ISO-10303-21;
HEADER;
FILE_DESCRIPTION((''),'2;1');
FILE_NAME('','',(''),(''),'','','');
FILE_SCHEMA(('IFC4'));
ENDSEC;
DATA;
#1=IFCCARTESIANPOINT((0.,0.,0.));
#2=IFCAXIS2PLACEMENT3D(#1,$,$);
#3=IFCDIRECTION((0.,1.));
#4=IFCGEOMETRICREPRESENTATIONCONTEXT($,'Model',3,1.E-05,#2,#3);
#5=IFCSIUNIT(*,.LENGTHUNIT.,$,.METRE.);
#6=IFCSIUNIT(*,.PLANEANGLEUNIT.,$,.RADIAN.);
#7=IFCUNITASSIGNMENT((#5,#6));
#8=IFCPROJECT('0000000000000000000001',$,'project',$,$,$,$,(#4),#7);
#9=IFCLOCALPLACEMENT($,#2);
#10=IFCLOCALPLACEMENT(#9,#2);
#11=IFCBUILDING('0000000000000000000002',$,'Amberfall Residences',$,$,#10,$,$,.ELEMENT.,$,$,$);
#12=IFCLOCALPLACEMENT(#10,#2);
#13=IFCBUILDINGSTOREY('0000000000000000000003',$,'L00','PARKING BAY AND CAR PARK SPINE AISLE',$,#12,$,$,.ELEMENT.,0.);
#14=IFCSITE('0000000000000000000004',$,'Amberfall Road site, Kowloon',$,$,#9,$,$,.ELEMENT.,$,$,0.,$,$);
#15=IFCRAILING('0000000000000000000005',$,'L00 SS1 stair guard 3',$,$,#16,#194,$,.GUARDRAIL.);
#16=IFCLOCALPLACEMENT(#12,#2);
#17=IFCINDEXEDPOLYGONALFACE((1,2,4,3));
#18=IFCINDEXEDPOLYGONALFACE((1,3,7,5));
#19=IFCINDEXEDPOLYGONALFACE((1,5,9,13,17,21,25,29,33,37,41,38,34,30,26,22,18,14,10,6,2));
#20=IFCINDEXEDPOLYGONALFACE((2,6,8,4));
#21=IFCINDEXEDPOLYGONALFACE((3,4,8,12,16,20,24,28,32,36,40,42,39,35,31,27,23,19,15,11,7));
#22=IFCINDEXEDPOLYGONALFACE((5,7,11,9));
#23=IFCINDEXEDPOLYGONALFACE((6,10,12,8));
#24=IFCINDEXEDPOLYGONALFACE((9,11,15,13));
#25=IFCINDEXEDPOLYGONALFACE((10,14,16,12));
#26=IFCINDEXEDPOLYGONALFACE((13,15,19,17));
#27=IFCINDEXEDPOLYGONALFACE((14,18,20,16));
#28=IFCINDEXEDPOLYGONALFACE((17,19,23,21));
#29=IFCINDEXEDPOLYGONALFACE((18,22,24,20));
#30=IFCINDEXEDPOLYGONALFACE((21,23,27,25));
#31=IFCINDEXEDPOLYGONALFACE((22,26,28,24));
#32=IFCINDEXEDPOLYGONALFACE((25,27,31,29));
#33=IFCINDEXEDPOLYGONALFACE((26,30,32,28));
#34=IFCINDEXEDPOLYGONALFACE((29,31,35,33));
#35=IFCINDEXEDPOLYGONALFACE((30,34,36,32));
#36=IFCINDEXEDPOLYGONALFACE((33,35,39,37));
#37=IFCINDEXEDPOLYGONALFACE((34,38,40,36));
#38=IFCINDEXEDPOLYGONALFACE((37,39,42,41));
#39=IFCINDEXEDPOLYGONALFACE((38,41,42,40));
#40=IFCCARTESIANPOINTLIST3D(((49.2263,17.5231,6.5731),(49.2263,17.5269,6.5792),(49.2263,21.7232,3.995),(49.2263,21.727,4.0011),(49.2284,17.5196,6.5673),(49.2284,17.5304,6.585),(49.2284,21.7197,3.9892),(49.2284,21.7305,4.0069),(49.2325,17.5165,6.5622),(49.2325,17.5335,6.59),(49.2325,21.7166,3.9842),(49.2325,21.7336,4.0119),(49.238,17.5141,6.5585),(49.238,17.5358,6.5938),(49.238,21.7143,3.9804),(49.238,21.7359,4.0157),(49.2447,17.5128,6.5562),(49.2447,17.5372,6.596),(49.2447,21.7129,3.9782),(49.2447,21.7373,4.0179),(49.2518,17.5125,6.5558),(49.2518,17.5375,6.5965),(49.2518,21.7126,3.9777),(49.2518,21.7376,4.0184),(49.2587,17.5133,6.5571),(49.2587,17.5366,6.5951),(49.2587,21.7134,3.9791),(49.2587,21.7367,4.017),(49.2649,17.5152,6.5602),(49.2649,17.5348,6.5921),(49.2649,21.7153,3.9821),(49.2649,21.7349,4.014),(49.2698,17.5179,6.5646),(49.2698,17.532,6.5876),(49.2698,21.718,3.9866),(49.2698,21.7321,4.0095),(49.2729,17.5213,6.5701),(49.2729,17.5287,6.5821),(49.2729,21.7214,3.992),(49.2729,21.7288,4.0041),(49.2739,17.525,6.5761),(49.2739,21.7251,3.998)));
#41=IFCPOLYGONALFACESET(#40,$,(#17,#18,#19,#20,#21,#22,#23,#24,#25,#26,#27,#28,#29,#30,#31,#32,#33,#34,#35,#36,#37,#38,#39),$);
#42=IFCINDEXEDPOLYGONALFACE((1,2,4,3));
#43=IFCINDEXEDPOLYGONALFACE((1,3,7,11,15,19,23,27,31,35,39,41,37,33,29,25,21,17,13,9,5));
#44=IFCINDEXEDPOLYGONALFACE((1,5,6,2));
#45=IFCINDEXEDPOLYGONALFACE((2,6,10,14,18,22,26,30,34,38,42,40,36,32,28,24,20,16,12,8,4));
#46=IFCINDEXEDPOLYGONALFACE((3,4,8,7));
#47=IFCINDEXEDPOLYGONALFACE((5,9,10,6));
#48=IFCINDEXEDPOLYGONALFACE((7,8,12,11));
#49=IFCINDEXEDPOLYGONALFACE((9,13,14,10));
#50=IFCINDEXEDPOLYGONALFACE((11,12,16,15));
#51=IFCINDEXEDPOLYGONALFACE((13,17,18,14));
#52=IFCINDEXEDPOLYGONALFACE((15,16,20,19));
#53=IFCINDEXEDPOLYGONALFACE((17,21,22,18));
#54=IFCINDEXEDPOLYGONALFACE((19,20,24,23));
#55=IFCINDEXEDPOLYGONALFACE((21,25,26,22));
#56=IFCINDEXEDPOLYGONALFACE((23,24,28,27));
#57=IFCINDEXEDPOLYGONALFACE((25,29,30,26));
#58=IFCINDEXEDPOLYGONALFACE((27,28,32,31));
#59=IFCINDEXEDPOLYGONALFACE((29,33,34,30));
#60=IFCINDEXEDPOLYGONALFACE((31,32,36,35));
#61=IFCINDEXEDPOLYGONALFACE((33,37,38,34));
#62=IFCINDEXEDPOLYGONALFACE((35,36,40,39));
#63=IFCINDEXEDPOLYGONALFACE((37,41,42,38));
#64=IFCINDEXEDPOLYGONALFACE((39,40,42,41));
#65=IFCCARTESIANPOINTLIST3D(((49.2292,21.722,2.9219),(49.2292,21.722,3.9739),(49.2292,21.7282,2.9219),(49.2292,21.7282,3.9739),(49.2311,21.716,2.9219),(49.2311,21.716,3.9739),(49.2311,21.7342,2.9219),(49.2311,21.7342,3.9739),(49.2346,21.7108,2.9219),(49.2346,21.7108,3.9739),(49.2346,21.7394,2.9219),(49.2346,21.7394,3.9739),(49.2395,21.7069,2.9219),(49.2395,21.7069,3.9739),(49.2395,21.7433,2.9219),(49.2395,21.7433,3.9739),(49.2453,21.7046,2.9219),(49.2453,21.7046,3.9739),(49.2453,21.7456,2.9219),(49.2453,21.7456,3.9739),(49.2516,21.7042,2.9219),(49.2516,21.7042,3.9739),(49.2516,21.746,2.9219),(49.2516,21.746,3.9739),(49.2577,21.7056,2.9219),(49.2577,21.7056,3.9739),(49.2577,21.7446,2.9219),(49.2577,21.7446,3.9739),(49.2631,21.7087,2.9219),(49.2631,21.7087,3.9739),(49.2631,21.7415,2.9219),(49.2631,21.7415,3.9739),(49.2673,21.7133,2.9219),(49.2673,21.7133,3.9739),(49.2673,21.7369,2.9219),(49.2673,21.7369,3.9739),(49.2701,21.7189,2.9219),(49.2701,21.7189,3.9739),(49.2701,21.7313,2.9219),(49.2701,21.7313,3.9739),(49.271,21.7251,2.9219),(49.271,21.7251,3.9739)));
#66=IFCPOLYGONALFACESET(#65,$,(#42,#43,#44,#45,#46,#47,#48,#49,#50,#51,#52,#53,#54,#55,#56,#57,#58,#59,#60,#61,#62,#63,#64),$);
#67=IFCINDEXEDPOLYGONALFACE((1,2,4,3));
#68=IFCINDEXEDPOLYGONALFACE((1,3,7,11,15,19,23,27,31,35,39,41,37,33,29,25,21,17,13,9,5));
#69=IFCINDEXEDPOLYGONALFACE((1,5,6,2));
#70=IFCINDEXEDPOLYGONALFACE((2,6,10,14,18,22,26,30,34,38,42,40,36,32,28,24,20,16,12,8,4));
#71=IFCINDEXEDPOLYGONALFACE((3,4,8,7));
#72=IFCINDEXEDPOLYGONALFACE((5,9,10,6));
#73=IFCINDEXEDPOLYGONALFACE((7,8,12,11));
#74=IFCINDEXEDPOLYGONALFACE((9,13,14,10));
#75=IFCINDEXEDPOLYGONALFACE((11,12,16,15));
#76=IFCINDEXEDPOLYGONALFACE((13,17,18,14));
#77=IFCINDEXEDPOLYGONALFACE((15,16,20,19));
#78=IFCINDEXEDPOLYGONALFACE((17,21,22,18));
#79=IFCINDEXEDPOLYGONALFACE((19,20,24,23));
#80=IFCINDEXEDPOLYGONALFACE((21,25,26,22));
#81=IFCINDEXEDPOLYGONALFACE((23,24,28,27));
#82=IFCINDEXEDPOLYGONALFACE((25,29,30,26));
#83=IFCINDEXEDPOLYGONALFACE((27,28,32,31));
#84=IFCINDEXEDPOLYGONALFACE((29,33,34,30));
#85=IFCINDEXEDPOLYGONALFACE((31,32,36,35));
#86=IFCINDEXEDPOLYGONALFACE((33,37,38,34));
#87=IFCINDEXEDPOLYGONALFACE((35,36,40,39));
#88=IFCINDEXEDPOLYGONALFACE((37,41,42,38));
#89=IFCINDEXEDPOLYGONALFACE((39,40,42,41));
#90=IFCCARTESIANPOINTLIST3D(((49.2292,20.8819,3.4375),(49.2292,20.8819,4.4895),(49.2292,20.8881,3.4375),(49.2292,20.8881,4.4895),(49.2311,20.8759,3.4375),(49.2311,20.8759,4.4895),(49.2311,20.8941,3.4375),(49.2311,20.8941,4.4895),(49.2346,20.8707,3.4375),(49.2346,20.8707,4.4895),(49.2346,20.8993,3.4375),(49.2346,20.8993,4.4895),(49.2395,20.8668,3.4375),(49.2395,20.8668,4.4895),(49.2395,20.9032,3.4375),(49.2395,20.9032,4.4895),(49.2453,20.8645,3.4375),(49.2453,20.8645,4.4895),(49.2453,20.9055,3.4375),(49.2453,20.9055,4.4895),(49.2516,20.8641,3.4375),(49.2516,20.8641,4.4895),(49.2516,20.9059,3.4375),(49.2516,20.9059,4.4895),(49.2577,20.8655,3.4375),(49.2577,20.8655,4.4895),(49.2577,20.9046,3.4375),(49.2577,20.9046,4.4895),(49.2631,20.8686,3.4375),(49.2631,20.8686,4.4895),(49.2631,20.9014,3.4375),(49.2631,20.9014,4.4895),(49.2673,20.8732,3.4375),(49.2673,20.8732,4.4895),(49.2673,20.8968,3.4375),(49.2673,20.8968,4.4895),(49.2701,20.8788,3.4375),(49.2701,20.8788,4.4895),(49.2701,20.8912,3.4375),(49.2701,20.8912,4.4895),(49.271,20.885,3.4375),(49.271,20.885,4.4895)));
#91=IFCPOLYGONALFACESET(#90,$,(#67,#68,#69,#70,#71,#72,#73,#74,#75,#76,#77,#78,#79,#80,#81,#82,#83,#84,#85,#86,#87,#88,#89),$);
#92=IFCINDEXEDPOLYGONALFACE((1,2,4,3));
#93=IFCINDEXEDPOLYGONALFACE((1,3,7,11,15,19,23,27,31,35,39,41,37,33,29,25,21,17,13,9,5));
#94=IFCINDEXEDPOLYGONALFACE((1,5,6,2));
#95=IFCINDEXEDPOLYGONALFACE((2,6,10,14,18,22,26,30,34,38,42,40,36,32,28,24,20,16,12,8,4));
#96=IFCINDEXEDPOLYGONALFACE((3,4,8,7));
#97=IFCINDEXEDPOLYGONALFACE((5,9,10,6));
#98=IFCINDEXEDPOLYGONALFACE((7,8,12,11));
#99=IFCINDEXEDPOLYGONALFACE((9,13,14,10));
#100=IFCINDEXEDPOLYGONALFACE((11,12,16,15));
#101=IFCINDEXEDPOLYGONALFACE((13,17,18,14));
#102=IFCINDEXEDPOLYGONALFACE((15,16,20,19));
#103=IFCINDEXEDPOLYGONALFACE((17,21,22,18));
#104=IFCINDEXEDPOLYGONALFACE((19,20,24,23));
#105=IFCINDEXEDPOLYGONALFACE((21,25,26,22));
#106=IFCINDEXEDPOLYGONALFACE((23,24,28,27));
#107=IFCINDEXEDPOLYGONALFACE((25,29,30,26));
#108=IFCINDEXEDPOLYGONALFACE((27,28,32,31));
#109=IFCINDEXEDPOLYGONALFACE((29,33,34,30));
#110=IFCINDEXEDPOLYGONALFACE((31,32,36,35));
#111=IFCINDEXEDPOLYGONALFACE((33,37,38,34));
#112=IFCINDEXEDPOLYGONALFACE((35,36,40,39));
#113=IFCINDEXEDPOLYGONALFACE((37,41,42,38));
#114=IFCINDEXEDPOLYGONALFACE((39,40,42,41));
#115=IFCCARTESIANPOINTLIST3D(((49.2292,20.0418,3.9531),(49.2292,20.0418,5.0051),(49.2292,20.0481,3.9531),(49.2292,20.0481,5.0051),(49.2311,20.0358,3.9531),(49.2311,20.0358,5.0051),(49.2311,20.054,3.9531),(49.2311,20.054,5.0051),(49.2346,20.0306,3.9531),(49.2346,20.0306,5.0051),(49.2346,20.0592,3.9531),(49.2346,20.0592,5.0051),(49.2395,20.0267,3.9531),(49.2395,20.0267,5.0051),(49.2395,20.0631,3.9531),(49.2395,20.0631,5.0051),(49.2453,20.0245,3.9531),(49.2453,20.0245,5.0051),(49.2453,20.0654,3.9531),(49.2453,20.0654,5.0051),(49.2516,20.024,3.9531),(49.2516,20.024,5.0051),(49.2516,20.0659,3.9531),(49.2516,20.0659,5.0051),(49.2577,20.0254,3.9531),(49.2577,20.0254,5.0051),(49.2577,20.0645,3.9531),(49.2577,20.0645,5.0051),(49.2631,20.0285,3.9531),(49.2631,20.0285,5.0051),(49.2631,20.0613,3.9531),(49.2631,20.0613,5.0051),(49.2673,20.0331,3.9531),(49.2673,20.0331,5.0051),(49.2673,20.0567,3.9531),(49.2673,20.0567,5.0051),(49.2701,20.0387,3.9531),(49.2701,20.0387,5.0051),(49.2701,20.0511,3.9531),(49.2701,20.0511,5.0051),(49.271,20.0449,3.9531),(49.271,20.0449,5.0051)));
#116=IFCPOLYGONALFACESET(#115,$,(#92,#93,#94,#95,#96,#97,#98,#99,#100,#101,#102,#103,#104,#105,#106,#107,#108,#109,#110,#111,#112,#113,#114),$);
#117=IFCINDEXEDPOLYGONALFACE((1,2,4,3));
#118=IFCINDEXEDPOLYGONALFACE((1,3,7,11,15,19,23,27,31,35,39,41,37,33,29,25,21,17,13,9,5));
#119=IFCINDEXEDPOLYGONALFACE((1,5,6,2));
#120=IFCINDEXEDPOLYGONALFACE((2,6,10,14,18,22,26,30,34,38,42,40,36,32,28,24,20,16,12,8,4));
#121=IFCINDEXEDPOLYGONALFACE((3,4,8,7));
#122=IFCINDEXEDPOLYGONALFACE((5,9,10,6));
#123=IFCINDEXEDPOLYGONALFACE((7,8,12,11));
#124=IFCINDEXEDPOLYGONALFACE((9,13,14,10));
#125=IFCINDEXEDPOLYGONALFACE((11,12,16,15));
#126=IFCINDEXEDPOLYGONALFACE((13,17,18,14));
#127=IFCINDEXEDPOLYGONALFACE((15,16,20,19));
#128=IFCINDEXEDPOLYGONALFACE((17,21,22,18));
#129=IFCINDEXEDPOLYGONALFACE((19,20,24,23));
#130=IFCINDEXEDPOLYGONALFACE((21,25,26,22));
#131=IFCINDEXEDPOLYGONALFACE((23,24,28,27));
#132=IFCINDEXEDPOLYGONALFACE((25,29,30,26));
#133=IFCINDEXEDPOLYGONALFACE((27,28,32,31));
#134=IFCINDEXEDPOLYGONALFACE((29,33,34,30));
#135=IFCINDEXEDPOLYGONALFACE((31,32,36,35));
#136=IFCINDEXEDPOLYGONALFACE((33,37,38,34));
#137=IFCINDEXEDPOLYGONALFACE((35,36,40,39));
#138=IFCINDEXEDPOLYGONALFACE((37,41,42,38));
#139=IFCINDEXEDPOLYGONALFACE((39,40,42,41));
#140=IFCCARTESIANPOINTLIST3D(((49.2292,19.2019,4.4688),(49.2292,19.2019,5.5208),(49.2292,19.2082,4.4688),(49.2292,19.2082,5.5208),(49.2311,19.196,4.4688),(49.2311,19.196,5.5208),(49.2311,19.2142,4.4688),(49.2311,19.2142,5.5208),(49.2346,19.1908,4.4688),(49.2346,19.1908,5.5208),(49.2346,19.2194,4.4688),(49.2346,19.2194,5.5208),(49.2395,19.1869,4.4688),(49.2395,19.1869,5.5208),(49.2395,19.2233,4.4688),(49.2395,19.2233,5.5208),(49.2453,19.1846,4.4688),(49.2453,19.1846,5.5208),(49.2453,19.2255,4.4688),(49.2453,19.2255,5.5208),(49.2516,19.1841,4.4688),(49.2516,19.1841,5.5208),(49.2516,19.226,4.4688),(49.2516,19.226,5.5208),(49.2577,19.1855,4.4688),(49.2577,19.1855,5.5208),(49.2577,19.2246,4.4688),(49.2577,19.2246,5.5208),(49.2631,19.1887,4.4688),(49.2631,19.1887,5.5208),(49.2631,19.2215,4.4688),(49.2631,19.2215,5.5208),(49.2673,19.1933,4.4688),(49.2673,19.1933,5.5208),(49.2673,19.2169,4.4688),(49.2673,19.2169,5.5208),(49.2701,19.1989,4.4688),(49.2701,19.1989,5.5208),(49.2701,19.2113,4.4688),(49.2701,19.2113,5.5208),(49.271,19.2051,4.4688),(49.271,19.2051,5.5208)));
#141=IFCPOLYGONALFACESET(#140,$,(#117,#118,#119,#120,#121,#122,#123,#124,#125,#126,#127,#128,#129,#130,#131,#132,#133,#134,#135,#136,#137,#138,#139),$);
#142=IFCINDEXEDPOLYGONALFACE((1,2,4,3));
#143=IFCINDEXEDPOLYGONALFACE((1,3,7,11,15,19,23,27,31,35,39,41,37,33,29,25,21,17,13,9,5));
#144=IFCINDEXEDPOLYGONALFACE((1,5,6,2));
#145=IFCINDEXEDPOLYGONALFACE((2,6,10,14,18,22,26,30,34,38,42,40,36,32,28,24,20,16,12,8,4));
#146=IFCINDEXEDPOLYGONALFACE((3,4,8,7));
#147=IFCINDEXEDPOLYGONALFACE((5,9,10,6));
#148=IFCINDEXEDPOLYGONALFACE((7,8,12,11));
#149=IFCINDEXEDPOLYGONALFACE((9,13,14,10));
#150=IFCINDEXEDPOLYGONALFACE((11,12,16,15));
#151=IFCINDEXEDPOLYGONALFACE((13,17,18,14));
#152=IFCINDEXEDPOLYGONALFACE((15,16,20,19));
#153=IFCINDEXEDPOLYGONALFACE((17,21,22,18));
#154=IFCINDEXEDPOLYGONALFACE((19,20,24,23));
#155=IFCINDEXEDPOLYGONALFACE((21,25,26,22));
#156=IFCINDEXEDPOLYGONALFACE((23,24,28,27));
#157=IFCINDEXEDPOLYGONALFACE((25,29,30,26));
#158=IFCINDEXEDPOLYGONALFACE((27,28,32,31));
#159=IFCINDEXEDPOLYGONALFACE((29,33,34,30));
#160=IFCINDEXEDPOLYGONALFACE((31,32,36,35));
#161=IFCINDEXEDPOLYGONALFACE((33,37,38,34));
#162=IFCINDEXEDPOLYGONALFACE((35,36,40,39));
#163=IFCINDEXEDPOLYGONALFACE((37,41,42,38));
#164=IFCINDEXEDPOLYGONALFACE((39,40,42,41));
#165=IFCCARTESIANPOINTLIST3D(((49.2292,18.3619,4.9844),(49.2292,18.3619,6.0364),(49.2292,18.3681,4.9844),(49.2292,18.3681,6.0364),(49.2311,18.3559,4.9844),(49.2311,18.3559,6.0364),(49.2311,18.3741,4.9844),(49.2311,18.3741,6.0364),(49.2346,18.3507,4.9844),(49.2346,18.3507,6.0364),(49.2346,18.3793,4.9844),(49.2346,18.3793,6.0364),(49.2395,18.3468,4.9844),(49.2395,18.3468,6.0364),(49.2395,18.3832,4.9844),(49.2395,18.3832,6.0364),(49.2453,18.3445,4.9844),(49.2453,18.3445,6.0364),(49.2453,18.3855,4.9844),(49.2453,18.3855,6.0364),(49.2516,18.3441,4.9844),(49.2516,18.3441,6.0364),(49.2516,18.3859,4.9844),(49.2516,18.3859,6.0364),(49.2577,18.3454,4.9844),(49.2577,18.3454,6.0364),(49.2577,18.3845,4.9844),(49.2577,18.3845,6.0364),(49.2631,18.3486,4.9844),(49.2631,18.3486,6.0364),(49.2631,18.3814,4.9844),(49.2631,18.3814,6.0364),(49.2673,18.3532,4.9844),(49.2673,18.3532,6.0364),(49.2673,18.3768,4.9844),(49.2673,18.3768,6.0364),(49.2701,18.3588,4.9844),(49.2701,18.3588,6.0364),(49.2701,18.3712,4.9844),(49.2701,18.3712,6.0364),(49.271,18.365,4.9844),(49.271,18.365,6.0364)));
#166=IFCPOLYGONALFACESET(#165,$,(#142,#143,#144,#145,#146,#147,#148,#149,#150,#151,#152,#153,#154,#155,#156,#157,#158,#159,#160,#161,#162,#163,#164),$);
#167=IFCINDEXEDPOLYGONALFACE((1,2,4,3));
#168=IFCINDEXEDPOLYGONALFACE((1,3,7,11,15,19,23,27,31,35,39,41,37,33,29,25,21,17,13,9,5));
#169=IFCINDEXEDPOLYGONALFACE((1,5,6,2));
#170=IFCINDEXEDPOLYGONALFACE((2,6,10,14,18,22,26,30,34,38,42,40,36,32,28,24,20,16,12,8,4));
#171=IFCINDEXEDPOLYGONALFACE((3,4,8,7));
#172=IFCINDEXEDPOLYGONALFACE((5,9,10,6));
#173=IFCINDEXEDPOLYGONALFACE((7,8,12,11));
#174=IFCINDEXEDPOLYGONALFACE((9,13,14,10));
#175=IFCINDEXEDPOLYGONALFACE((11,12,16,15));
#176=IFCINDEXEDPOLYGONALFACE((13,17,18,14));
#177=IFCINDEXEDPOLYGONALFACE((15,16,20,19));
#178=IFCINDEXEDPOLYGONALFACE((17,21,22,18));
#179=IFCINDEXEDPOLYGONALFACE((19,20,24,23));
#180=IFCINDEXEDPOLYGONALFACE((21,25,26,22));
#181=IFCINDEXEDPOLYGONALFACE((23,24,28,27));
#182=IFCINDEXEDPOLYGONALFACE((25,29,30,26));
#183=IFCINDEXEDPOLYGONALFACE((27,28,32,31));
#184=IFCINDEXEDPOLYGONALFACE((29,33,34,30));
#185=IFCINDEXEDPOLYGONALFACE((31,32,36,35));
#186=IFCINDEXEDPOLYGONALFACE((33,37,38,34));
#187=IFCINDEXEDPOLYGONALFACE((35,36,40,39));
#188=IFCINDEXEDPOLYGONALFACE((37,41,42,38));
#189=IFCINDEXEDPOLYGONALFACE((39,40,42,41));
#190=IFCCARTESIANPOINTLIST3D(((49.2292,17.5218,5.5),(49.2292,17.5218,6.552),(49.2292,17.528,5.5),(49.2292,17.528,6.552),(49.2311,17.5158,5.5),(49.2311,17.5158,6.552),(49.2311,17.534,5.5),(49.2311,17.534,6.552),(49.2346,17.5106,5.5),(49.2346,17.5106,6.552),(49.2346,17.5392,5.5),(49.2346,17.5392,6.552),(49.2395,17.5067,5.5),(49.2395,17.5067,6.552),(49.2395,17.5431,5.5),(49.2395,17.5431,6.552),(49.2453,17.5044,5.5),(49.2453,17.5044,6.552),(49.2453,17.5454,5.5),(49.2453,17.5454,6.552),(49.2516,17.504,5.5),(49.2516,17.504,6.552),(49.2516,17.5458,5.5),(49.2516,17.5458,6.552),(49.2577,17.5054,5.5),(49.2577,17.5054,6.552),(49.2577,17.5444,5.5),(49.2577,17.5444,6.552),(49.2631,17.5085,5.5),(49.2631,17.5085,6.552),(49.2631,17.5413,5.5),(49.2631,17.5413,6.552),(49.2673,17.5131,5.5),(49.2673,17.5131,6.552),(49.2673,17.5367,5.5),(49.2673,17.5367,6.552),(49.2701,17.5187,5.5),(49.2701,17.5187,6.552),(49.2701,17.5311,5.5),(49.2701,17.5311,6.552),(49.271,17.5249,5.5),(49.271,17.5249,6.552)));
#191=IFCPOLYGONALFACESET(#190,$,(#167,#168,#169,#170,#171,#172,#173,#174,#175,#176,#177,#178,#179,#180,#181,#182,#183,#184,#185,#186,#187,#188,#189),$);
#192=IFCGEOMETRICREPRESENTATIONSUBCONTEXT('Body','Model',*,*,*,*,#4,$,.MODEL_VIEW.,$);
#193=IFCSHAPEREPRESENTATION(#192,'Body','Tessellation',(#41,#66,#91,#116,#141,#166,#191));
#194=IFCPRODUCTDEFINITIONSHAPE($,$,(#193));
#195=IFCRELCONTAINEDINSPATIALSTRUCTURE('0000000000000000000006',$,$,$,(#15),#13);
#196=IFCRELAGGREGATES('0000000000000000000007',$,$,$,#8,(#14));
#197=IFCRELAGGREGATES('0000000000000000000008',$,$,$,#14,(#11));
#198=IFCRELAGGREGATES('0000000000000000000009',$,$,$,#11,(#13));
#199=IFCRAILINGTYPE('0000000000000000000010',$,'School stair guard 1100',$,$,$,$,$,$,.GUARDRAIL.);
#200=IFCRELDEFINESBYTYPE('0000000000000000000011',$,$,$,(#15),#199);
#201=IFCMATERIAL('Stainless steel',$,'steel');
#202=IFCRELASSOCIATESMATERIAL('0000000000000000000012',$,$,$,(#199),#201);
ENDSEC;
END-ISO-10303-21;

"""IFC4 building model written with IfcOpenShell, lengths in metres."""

from ifc_helpers import new_model, si_unit, direction, frame, origin, origin_2d, place, context, subcontext, project, spatial, circle, extrude, material, type_object, element, save


model = new_model("IFC4")

# Units and contexts
model_context = context("Model", 3, precision=1e-05, world=origin(), true_north=direction((0.0, 1.0)))
body_context = subcontext(model_context, "Body", "Model", "MODEL_VIEW")
ifc_project = project(units=[si_unit("LENGTHUNIT", "METRE"), si_unit("PLANEANGLEUNIT", "RADIAN")], contexts=[model_context])

# Site, building, storey
site_placement = place(None, origin())
site = spatial("IfcSite", under=ifc_project, at=site_placement, Name="Amberfall Road site, Kowloon", CompositionType="ELEMENT", RefElevation=0.0)
building_placement = place(site_placement, origin())
building = spatial("IfcBuilding", under=site, at=building_placement, Name="Amberfall Residences", CompositionType="ELEMENT")
storey_placement = place(building_placement, origin())
storey = spatial("IfcBuildingStorey", under=building, at=storey_placement, Name="L00", Description="PARKING BAY AND CAR PARK SPINE AISLE", CompositionType="ELEMENT", Elevation=0.0)

# Railing
ifc_material_1 = material(Name="Stainless steel", Category="steel")
railing_type_1 = type_object("IfcRailingType", Name="School stair guard 1100", PredefinedType="GUARDRAIL", material=ifc_material_1)
railing_1_placement = place(storey_placement, frame((49.25, 21.7251, 2.9219)))
element("IfcRailing", 1, at=railing_1_placement, inside=storey, type_object=railing_type_1, Name="L00 SS1 stair guard 3", PredefinedType="GUARDRAIL", context=body_context, shape_type="SweptSolid", body=[
    extrude(circle(Radius=0.0239, at=origin_2d()), frame((0.0, 0.0, 1.0762), z_axis=(0.0, -0.852256, 0.523124), x_axis=(1.0, 0.0, 0.0)), (0.0, 0.0, 1.0), 4.9282),
    extrude(circle(Radius=0.021, at=origin_2d()), origin(), (0.0, 0.0, 1.0), 1.052),
    extrude(circle(Radius=0.021, at=origin_2d()), frame((0.0, -0.8401, 0.5156)), (0.0, 0.0, 1.0), 1.052),
    extrude(circle(Radius=0.021, at=origin_2d()), frame((0.0, -1.6802, 1.0312)), (0.0, 0.0, 1.0), 1.052),
    extrude(circle(Radius=0.021, at=origin_2d()), frame((0.0, -2.52, 1.5469)), (0.0, 0.0, 1.0), 1.052),
    extrude(circle(Radius=0.021, at=origin_2d()), frame((0.0, -3.3601, 2.0625)), (0.0, 0.0, 1.0), 1.052),
    extrude(circle(Radius=0.021, at=origin_2d()), frame((0.0, -4.2002, 2.5781)), (0.0, 0.0, 1.0), 1.052),
])

save(model, "model.ifc")
